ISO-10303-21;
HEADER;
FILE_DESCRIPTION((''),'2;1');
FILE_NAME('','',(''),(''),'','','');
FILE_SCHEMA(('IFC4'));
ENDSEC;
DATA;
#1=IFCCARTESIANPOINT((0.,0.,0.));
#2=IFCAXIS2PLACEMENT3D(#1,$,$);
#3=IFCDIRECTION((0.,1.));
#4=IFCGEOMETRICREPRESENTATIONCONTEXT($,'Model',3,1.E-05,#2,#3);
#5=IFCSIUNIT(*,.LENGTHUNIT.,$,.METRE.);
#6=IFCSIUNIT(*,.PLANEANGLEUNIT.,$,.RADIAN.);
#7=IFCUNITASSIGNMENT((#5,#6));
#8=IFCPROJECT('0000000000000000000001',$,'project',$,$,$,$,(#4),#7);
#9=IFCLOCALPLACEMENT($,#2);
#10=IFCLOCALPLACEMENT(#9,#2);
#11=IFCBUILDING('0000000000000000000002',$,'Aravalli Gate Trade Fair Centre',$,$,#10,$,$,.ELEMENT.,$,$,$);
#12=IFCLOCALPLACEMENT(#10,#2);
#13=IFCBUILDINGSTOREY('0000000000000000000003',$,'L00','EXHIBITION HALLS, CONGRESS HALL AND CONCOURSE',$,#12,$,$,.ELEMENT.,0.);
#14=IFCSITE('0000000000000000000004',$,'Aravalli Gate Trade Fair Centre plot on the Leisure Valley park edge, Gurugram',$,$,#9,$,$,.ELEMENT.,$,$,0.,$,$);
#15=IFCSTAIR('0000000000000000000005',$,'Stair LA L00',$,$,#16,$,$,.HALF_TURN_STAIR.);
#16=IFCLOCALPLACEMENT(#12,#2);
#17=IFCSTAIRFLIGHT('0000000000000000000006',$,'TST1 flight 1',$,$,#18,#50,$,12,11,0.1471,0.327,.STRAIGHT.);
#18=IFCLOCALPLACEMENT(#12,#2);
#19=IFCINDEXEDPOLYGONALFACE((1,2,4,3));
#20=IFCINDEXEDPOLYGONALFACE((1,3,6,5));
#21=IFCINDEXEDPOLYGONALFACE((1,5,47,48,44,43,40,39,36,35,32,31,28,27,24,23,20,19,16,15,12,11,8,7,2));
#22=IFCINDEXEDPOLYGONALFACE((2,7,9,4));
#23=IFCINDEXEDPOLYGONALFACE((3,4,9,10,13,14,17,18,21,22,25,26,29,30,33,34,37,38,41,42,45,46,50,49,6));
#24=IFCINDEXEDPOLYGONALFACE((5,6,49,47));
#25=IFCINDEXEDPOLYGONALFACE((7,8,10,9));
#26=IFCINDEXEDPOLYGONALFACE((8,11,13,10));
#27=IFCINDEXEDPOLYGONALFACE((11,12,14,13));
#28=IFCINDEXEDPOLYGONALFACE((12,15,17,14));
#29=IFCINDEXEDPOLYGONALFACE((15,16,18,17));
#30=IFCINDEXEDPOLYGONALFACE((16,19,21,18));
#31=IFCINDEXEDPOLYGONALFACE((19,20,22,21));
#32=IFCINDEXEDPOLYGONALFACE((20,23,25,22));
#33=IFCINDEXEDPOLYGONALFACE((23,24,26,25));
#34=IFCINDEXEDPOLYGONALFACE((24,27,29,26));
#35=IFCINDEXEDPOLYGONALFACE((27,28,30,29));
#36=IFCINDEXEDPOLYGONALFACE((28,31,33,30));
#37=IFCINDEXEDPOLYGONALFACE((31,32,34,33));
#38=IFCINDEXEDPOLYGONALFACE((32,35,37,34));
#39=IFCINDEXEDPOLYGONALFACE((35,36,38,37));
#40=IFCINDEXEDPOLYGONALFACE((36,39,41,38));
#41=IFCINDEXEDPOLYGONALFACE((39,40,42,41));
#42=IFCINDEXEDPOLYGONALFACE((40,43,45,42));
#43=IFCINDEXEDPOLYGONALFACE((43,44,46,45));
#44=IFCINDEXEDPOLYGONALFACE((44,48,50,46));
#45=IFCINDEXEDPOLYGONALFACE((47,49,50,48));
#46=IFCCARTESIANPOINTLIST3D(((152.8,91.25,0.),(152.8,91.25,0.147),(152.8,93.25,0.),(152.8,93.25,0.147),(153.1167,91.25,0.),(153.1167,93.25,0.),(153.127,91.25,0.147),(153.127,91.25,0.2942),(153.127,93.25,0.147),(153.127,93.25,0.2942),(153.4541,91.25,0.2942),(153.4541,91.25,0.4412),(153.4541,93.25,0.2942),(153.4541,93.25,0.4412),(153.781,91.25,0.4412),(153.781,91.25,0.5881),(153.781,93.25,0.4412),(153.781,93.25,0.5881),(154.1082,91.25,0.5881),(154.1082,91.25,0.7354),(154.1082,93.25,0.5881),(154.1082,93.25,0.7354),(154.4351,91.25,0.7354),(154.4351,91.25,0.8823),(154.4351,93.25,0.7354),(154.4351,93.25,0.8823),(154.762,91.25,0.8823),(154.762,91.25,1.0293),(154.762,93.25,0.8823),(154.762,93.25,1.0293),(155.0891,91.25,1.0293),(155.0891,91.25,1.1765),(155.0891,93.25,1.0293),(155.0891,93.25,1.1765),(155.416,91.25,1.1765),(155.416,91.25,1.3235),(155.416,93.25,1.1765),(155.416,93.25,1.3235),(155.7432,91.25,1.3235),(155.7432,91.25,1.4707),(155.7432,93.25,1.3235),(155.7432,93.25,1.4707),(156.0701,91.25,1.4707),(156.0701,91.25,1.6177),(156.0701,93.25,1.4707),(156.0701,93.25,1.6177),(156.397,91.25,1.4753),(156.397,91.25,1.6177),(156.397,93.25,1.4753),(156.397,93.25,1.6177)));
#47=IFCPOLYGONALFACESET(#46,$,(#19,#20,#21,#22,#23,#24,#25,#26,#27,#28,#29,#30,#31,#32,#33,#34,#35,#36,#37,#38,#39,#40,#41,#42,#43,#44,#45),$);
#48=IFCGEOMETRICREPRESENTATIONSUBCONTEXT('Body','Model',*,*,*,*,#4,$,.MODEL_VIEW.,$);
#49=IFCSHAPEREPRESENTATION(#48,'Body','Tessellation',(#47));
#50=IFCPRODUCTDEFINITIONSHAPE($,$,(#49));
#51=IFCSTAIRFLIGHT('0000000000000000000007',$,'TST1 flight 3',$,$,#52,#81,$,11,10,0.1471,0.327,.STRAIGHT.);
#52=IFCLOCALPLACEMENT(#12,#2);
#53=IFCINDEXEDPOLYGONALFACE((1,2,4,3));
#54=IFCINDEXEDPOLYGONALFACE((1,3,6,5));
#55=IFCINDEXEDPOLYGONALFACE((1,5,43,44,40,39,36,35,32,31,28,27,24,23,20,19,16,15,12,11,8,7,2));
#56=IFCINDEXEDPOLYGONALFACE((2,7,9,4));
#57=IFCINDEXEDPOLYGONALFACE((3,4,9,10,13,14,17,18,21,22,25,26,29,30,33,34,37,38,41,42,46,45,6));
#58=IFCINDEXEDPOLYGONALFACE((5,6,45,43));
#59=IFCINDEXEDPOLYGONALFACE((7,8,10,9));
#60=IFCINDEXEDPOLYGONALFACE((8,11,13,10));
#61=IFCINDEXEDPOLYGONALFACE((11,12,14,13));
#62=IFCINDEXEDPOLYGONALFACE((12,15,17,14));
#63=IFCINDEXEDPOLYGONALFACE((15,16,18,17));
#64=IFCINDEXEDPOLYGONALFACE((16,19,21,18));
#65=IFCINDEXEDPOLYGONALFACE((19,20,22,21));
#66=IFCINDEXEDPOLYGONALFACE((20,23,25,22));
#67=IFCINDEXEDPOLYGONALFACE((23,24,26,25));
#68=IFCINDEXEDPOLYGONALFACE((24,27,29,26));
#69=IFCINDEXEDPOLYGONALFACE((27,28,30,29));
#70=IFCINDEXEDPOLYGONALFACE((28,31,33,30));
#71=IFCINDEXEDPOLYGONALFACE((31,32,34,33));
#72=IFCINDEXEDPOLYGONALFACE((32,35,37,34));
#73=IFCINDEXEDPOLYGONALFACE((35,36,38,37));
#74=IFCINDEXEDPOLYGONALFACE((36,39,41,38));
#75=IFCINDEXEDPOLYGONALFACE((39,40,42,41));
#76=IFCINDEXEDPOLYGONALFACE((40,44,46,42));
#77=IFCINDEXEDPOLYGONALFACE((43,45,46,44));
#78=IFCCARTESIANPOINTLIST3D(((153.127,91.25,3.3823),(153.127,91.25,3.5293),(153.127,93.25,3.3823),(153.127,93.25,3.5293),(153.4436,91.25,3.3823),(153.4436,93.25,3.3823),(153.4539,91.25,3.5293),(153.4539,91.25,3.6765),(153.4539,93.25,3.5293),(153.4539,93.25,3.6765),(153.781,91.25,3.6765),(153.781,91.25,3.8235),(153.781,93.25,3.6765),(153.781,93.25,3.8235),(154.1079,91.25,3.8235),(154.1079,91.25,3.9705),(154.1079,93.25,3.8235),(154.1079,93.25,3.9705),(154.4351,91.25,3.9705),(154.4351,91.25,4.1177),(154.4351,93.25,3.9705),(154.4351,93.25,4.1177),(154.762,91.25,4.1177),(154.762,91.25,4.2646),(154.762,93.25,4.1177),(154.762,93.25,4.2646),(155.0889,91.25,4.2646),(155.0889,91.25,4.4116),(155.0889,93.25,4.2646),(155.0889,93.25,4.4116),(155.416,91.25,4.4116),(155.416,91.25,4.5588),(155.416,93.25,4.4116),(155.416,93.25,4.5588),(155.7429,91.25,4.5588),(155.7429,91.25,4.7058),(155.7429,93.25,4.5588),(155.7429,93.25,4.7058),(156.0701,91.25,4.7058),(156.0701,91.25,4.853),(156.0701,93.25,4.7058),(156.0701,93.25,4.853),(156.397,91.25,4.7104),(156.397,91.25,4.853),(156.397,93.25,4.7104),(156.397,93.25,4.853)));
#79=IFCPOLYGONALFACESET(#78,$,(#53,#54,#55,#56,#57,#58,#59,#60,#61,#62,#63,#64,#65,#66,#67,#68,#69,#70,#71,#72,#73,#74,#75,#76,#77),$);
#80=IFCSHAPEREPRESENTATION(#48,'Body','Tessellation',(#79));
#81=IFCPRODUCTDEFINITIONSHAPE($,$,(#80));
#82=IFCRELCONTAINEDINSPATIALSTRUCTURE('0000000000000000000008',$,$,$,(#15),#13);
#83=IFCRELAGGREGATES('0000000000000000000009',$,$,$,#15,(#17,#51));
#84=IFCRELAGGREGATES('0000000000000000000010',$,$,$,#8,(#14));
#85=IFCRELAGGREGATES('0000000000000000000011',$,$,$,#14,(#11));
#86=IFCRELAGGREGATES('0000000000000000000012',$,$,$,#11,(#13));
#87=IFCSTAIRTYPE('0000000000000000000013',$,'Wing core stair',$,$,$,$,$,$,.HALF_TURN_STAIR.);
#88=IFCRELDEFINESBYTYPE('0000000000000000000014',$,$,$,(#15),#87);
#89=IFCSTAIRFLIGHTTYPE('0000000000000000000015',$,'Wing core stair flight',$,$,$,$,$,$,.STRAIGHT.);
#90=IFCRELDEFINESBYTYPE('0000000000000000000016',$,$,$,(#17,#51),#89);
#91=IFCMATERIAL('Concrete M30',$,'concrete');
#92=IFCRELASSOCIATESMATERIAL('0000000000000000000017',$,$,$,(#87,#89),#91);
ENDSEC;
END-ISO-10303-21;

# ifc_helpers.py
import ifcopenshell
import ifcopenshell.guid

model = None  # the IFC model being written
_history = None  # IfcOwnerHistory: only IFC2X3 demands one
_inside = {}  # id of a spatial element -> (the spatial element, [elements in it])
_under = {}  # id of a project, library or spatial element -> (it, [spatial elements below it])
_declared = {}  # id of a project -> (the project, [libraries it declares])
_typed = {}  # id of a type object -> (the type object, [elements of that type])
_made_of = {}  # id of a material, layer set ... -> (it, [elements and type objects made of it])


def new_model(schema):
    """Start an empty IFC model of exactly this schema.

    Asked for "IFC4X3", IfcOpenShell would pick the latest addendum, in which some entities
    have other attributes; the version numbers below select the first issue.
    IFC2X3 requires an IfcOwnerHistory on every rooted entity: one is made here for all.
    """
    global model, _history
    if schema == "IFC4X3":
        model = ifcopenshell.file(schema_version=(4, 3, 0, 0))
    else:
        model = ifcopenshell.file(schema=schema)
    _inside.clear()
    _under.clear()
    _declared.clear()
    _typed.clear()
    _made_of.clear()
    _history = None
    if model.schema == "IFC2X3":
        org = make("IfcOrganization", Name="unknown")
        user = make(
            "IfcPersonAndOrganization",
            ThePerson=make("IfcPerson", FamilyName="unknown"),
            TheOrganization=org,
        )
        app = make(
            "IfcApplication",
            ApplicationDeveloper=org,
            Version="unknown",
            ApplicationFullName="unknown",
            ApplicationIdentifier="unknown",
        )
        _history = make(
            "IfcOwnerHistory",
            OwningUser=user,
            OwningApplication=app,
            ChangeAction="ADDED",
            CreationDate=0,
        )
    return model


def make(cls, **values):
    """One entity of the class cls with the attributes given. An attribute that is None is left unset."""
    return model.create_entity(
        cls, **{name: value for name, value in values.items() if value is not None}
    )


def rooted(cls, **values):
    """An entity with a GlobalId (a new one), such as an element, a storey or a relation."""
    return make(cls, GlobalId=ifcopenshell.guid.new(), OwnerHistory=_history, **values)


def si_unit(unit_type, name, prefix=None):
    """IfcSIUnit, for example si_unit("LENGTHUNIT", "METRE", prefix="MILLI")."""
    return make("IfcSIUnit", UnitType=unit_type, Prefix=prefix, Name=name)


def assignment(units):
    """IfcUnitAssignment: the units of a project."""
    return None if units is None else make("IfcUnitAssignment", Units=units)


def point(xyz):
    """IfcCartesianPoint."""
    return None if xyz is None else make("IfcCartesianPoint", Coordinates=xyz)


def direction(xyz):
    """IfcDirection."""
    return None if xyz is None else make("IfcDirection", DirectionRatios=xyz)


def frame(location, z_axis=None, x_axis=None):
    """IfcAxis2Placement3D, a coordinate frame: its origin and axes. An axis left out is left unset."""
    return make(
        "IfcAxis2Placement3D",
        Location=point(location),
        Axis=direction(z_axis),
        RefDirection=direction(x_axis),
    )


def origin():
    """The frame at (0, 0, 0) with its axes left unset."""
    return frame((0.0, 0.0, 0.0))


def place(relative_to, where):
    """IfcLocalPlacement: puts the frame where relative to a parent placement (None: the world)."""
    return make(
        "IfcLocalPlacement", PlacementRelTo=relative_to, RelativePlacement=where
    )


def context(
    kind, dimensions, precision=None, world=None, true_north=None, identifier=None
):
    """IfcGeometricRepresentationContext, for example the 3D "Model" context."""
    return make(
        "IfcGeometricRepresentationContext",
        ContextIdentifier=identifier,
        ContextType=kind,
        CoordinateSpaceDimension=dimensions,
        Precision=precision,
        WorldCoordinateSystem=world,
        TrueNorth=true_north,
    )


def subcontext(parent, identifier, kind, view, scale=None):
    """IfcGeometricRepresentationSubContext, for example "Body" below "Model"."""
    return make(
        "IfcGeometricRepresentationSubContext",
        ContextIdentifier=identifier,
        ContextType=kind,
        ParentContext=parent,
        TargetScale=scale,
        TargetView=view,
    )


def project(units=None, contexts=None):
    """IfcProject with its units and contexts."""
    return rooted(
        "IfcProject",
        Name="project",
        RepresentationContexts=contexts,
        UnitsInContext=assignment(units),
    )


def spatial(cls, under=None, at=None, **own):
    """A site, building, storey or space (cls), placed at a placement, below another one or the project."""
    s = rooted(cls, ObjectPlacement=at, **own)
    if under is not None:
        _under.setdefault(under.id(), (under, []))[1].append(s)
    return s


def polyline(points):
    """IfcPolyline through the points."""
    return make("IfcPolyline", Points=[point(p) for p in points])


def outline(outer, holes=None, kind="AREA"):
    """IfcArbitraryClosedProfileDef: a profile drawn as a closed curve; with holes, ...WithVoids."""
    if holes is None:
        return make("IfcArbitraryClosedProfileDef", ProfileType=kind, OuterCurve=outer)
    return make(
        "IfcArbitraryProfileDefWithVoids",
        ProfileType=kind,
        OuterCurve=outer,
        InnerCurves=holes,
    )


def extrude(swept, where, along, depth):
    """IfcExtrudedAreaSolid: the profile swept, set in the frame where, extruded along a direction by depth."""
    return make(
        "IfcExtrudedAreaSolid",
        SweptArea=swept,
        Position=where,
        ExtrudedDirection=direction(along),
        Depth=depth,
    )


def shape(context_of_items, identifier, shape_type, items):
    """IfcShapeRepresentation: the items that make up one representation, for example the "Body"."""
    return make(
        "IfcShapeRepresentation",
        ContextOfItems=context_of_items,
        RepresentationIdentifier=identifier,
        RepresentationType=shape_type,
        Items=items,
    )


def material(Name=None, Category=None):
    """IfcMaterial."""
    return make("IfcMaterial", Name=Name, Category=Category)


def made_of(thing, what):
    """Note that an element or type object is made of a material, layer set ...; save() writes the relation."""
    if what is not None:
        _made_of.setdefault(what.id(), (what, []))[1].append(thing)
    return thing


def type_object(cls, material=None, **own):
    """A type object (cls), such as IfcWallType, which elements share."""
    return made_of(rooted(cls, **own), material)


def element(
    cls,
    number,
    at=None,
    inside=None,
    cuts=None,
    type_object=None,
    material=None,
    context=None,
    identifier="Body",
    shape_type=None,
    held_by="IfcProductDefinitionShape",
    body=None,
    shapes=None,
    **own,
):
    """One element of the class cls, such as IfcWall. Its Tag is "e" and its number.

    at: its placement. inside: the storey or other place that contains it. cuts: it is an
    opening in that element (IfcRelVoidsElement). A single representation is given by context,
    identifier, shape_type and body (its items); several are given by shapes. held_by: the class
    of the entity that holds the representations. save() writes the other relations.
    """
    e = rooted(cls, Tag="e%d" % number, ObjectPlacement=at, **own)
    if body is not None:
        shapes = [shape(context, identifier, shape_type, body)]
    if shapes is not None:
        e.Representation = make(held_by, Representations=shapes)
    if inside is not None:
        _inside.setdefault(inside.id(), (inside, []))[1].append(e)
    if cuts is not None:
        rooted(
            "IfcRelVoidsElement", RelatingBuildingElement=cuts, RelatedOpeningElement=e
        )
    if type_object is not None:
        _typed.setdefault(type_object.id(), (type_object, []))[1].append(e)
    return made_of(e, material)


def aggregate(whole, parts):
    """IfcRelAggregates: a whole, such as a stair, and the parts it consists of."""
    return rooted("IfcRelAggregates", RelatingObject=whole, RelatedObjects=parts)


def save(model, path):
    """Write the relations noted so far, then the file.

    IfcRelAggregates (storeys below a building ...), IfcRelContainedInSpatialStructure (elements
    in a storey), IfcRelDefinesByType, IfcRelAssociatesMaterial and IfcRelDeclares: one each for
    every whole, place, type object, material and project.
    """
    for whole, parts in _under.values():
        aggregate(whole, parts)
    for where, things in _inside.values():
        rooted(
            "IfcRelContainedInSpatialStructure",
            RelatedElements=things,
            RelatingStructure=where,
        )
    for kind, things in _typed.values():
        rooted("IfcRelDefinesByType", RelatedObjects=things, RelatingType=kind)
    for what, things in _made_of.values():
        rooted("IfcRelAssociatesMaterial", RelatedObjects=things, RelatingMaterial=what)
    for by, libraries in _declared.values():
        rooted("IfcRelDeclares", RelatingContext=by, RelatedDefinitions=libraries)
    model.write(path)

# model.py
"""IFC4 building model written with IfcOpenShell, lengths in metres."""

from ifc_helpers import new_model, si_unit, direction, frame, origin, place, context, subcontext, project, spatial, polyline, outline, extrude, material, type_object, element, aggregate, save


model = new_model("IFC4")

# Units and contexts
model_context = context("Model", 3, precision=1e-05, world=origin(), true_north=direction((0.0, 1.0)))
body_context = subcontext(model_context, "Body", "Model", "MODEL_VIEW")
ifc_project = project(units=[si_unit("LENGTHUNIT", "METRE"), si_unit("PLANEANGLEUNIT", "RADIAN")], contexts=[model_context])

# Site, building, storey
site_placement = place(None, origin())
site = spatial("IfcSite", under=ifc_project, at=site_placement, Name="Aravalli Gate Trade Fair Centre plot on the Leisure Valley park edge, Gurugram", CompositionType="ELEMENT", RefElevation=0.0)
building_placement = place(site_placement, origin())
building = spatial("IfcBuilding", under=site, at=building_placement, Name="Aravalli Gate Trade Fair Centre", CompositionType="ELEMENT")
storey_placement = place(building_placement, origin())
storey = spatial("IfcBuildingStorey", under=building, at=storey_placement, Name="L00", Description="EXHIBITION HALLS, CONGRESS HALL AND CONCOURSE", CompositionType="ELEMENT", Elevation=0.0)

# Stair, stair flights
ifc_material_1 = material(Name="Concrete M30", Category="concrete")
stair_type = type_object("IfcStairType", Name="Wing core stair", PredefinedType="HALF_TURN_STAIR", material=ifc_material_1)
stair_placement = place(storey_placement, origin())
stair = element("IfcStair", 1, at=stair_placement, inside=storey, type_object=stair_type, Name="Stair LA L00", PredefinedType="HALF_TURN_STAIR")
stair_flight_type = type_object("IfcStairFlightType", Name="Wing core stair flight", PredefinedType="STRAIGHT", material=ifc_material_1)
stair_flight_1_placement = place(storey_placement, frame((152.8, 92.25, 0.0), z_axis=(0.0, 0.0, 1.0), x_axis=(1.0, 0.0, 0.0)))
stair_flight_1 = element("IfcStairFlight", 2, at=stair_flight_1_placement, type_object=stair_flight_type, Name="TST1 flight 1", NumberOfRisers=12, NumberOfTreads=11, PredefinedType="STRAIGHT", RiserHeight=0.1471, TreadLength=0.327, context=body_context, shape_type="SweptSolid", body=[
    extrude(outline(polyline([(0.0, 0.0), (0.0, 0.147), (0.3269, 0.147), (0.3269, 0.2942), (0.6541, 0.2942), (0.6541, 0.4412), (0.981, 0.4412), (0.981, 0.5881), (1.3081, 0.5881), (1.3081, 0.7354), (1.635, 0.7354), (1.635, 0.8823), (1.9619, 0.8823), (1.9619, 1.0293), (2.2891, 1.0293), (2.2891, 1.1765), (2.616, 1.1765), (2.616, 1.3235), (2.9431, 1.3235), (2.9431, 1.4707), (3.27, 1.4707), (3.27, 1.6177), (3.5969, 1.6177), (3.5969, 1.7646), (3.5969, 1.4753), (0.3167, 0.0), (0.0, 0.0)])), frame((0.0, 1.0, 0.0), z_axis=(0.0, -1.0, 0.0), x_axis=(1.0, 0.0, 0.0)), (0.0, 0.0, 1.0), 2.0),
])
stair_flight_2_placement = place(storey_placement, frame((153.127, 92.25, 3.3823), z_axis=(0.0, 0.0, 1.0), x_axis=(1.0, 0.0, 0.0)))
stair_flight_2 = element("IfcStairFlight", 3, at=stair_flight_2_placement, type_object=stair_flight_type, Name="TST1 flight 3", NumberOfRisers=11, NumberOfTreads=10, PredefinedType="STRAIGHT", RiserHeight=0.1471, TreadLength=0.327, context=body_context, shape_type="SweptSolid", body=[
    extrude(outline(polyline([(0.0, 0.0), (0.0, 0.147), (0.3269, 0.147), (0.3269, 0.2942), (0.6541, 0.2942), (0.6541, 0.4412), (0.981, 0.4412), (0.981, 0.5881), (1.3081, 0.5881), (1.3081, 0.7354), (1.635, 0.7354), (1.635, 0.8823), (1.9619, 0.8823), (1.9619, 1.0293), (2.2891, 1.0293), (2.2891, 1.1765), (2.616, 1.1765), (2.616, 1.3235), (2.9431, 1.3235), (2.9431, 1.4707), (3.27, 1.4707), (3.27, 1.6177), (3.27, 1.3281), (0.3167, 0.0), (0.0, 0.0)])), frame((0.0, 1.0, 0.0), z_axis=(0.0, -1.0, 0.0), x_axis=(1.0, 0.0, 0.0)), (0.0, 0.0, 1.0), 2.0),
])
aggregate(stair, [stair_flight_1, stair_flight_2])

save(model, "model.ifc")
